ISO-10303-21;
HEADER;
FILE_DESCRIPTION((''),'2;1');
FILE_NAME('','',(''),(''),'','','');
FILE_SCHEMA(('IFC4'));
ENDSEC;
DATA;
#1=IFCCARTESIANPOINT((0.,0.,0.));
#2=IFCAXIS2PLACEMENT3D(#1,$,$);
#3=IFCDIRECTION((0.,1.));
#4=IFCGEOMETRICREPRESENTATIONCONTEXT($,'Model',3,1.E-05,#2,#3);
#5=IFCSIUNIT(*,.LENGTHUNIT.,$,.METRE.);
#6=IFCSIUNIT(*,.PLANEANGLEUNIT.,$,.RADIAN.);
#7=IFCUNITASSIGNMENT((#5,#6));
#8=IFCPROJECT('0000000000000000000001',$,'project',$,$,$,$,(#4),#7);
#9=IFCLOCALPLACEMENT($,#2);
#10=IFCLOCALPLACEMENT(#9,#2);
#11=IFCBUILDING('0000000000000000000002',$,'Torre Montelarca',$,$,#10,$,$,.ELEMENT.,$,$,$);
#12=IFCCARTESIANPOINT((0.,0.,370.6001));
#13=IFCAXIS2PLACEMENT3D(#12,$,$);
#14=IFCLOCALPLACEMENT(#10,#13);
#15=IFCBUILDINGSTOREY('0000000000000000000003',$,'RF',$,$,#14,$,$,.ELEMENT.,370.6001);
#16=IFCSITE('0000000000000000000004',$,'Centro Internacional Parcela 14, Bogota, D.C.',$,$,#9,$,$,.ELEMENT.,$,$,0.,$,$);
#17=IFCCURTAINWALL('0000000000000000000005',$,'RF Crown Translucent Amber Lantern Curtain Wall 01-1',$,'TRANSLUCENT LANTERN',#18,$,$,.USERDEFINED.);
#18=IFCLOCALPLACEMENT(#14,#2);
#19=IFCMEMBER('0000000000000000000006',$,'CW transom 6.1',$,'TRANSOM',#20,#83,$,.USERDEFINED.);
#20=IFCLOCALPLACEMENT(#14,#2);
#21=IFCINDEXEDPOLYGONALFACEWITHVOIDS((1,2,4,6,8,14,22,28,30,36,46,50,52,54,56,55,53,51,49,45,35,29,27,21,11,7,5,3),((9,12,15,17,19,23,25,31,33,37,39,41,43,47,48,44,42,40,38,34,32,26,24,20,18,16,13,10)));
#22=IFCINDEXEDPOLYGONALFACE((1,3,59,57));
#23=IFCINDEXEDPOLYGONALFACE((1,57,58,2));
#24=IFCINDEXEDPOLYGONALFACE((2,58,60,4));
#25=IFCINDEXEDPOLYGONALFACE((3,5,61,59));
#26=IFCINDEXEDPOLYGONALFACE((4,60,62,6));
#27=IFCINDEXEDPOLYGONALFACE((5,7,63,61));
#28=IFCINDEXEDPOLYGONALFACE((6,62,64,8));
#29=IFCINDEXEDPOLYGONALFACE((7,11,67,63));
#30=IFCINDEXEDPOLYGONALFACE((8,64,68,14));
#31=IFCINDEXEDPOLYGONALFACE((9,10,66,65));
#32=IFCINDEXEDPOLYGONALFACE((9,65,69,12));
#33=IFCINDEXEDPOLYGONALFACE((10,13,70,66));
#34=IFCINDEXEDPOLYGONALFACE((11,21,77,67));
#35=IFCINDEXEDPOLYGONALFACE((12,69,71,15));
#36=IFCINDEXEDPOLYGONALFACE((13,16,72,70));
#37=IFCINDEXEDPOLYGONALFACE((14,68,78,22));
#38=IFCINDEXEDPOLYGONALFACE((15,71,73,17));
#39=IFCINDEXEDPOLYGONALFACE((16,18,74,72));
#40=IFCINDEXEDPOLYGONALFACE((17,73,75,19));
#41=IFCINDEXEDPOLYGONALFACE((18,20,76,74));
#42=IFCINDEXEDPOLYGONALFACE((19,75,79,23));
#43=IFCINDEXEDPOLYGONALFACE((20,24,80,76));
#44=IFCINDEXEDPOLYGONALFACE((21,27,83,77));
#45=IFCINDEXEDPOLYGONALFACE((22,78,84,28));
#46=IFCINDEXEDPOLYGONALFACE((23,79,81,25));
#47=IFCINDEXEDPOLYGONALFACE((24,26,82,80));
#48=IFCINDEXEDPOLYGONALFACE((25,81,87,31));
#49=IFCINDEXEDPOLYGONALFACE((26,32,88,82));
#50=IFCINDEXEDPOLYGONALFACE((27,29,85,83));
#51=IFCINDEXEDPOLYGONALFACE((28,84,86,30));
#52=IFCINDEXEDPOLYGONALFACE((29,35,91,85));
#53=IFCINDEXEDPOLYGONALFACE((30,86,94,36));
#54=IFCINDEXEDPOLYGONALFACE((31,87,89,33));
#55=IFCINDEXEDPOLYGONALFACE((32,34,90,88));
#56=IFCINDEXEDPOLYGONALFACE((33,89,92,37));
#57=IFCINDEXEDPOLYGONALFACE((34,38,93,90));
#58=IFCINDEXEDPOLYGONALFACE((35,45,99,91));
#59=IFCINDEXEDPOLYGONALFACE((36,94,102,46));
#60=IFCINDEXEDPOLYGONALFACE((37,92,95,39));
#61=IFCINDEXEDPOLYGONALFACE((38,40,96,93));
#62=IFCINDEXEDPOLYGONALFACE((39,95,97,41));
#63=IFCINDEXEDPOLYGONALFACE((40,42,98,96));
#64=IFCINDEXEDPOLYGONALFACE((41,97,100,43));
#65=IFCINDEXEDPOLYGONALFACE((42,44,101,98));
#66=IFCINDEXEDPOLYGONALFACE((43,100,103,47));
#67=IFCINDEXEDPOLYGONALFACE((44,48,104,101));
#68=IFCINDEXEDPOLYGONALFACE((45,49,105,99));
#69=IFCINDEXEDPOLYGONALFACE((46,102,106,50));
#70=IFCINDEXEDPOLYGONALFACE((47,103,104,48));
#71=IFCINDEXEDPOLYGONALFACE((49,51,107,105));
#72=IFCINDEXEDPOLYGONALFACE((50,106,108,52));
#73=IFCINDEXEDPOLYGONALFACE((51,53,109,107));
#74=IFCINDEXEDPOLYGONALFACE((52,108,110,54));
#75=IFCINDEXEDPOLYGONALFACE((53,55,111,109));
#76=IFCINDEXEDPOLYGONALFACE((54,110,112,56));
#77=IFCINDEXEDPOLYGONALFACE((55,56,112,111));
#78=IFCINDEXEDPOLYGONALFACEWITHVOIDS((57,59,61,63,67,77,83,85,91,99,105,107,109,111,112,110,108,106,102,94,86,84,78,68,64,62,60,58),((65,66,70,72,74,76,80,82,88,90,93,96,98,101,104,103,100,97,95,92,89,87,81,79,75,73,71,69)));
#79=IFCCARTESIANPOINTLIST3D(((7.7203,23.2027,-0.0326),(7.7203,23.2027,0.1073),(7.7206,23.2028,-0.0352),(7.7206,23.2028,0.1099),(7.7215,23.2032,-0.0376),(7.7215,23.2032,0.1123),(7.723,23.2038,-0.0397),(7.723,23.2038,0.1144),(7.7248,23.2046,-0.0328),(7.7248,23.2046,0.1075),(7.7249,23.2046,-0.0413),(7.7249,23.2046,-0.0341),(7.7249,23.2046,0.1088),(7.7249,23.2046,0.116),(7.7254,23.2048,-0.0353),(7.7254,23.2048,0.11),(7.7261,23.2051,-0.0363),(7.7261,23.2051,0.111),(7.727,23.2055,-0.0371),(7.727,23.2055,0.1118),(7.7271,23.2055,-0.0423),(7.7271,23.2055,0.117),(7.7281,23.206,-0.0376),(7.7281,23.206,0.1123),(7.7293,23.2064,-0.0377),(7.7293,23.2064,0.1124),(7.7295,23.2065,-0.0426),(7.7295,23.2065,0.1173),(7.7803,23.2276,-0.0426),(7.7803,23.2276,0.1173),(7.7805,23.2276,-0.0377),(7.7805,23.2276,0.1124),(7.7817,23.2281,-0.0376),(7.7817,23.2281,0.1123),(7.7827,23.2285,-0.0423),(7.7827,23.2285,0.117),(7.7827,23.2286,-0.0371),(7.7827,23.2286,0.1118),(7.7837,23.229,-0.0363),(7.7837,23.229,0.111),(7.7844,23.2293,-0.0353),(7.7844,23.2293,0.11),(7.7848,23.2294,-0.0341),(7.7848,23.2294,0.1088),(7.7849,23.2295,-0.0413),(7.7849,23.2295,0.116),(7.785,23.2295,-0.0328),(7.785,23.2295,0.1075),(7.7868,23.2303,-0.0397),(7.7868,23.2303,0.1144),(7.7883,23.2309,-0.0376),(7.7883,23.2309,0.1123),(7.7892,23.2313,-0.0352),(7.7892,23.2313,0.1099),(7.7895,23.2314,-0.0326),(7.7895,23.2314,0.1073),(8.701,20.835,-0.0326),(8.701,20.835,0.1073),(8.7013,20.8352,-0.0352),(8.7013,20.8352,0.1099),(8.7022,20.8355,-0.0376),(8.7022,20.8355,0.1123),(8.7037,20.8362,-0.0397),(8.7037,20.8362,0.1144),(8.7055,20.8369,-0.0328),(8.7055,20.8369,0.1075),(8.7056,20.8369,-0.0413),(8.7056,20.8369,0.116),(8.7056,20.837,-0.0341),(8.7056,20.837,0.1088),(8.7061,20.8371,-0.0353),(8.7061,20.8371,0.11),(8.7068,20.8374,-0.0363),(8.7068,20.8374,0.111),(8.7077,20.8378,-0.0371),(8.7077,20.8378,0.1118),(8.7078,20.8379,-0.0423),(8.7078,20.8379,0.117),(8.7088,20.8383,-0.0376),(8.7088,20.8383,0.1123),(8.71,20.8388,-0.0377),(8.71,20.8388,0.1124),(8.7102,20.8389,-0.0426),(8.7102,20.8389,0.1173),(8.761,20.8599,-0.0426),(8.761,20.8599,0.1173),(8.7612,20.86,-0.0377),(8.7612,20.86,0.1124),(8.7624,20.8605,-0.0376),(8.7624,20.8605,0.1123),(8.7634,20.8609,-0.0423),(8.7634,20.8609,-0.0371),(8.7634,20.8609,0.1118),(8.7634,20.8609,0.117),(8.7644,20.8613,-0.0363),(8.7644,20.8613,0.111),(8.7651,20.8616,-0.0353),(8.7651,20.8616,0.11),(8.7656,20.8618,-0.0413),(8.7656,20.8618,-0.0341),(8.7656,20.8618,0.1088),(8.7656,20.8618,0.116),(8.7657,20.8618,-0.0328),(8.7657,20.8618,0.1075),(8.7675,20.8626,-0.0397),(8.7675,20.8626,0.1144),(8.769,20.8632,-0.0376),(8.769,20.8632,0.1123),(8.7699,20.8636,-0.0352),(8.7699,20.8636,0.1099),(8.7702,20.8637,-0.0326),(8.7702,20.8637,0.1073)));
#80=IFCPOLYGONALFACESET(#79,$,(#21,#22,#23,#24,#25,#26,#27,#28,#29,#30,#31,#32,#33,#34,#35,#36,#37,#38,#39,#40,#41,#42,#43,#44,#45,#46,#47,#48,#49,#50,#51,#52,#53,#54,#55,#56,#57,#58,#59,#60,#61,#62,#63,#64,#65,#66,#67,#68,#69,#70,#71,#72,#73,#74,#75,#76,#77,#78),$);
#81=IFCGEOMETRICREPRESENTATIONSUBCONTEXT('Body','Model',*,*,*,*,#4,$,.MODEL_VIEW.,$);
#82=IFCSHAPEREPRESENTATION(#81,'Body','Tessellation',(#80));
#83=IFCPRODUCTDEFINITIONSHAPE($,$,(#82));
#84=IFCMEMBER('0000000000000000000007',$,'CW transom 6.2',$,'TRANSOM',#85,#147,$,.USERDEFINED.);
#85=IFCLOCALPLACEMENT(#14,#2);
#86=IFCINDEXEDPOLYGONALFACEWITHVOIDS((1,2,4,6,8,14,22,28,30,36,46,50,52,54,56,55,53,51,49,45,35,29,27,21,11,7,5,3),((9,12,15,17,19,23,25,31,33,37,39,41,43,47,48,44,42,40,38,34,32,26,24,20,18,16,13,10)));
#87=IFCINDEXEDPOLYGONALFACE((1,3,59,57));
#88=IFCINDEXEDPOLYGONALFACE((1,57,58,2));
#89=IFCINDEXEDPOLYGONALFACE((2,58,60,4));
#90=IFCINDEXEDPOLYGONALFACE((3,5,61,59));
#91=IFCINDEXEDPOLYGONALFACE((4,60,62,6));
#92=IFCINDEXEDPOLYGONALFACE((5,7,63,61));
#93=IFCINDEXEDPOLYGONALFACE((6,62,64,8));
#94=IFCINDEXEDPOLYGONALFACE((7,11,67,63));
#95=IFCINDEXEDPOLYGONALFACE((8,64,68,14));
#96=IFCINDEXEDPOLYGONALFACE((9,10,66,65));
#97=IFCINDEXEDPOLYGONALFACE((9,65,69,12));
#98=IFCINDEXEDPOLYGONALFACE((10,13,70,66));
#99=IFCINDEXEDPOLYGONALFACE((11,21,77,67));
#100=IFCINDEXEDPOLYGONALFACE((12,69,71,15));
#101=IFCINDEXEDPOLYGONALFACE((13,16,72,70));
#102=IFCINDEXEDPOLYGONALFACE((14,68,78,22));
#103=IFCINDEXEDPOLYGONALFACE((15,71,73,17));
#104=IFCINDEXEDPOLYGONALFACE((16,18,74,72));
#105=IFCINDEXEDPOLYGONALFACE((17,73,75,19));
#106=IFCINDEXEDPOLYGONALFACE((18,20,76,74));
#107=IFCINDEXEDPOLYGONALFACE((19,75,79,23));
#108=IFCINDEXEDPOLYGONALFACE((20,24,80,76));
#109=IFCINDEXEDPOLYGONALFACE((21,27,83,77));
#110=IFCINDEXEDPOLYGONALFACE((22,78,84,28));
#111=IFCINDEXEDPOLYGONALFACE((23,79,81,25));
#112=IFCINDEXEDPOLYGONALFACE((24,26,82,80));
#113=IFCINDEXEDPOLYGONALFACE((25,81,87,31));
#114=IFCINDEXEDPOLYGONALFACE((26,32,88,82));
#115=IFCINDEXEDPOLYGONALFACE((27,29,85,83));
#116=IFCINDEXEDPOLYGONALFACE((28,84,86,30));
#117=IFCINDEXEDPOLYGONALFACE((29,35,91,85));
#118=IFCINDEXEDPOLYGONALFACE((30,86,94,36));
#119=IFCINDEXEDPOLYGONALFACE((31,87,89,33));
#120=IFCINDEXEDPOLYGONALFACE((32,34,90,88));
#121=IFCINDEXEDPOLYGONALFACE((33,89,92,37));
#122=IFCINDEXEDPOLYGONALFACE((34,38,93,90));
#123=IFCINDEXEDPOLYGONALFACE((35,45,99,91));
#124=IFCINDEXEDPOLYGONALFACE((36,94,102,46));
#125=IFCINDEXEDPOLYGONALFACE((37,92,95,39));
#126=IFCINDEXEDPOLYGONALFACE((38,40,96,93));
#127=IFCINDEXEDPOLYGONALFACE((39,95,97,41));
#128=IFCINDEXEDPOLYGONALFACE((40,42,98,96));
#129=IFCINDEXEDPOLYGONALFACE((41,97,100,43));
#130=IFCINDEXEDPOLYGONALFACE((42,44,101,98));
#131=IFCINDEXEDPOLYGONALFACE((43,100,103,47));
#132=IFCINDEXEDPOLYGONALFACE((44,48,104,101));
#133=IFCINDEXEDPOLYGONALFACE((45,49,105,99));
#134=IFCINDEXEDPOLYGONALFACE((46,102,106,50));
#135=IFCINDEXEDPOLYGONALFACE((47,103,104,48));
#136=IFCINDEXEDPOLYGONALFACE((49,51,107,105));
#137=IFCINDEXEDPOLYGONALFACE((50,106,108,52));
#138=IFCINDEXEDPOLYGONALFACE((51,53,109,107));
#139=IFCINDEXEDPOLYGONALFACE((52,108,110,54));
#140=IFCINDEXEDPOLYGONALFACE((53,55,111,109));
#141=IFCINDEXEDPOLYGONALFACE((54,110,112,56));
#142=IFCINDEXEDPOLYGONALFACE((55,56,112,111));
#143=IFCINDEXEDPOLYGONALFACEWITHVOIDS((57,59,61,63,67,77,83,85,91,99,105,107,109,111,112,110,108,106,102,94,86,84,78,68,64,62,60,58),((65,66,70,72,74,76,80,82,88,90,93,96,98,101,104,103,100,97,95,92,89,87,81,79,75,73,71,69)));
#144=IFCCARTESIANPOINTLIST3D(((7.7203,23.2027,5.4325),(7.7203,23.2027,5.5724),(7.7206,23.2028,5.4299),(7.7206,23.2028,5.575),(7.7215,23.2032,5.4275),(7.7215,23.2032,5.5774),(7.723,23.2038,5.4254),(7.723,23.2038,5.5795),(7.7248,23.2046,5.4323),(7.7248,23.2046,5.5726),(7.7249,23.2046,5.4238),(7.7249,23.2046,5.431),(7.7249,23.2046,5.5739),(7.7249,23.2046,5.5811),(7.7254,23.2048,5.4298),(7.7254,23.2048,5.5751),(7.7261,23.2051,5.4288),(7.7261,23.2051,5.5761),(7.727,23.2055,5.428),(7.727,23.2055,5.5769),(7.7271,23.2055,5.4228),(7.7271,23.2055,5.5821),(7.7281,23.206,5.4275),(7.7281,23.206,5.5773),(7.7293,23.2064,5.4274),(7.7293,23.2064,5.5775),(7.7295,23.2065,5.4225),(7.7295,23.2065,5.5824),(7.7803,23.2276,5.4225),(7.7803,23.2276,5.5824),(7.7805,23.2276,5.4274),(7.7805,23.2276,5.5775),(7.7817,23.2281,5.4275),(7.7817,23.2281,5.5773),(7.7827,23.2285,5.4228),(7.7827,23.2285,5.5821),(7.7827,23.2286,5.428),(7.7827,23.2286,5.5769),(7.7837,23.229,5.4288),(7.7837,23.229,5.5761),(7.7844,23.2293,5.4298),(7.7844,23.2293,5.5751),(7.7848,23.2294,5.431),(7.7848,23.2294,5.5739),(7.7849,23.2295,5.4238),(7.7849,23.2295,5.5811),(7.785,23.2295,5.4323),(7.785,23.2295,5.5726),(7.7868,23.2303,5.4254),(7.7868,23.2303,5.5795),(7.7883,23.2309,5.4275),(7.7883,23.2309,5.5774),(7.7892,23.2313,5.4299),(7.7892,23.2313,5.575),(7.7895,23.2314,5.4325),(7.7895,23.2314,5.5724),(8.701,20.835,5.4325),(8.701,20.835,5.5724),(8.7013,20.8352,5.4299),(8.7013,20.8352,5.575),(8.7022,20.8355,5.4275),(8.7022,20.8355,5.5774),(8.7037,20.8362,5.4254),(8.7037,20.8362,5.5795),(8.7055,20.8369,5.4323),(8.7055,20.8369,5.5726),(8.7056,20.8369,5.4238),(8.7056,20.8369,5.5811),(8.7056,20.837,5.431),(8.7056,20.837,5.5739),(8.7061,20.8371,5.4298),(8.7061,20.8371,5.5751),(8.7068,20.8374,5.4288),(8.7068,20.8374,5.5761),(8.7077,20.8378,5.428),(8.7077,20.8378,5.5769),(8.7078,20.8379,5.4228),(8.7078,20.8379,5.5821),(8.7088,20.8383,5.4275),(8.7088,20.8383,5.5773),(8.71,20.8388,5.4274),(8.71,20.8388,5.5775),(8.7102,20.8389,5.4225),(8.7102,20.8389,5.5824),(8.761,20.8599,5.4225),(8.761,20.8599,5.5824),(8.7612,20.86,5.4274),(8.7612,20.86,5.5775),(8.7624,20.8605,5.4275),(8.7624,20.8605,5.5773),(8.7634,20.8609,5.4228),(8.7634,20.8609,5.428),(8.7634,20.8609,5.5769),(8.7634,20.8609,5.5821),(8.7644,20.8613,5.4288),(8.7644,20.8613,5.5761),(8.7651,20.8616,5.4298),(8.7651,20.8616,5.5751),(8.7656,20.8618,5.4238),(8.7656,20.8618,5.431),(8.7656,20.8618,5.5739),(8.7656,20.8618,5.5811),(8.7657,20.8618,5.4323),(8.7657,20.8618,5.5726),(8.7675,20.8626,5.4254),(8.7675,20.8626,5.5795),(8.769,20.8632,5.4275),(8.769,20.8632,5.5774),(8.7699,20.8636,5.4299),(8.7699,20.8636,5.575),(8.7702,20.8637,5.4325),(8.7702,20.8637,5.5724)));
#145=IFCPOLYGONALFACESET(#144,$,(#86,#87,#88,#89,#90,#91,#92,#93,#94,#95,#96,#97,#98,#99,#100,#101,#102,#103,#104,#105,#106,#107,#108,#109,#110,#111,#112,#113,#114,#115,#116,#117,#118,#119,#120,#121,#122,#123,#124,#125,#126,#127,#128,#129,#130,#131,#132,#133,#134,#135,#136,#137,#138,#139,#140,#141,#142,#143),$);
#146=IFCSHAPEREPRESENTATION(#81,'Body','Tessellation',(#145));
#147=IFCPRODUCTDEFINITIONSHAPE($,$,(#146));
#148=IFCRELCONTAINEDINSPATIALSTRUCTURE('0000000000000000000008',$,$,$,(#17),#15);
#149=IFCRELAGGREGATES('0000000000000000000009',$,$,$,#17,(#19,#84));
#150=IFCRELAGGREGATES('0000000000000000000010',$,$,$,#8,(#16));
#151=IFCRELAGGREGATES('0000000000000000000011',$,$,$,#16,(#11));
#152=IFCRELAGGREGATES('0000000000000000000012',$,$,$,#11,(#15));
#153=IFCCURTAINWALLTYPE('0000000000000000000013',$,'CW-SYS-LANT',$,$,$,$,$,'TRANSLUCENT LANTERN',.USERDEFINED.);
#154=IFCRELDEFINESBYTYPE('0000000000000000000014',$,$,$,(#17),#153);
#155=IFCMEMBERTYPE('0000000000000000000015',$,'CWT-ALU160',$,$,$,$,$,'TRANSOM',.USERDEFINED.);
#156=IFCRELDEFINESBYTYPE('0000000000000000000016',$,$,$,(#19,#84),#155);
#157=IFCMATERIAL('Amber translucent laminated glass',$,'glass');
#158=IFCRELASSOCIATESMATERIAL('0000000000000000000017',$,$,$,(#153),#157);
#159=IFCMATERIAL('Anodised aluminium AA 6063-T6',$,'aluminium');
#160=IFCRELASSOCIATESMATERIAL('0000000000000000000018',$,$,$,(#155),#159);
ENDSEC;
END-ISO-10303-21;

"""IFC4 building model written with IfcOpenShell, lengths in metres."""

from ifc_helpers import new_model, si_unit, direction, frame, origin, origin_2d, place, context, subcontext, project, spatial, hollow_rectangle, extrude, source, transform, mapped, material, material_profile, profile_set, type_object, element, aggregate, save


model = new_model("IFC4")

# Units and contexts
model_context = context("Model", 3, precision=1e-05, world=origin(), true_north=direction((0.0, 1.0)))
body_context = subcontext(model_context, "Body", "Model", "MODEL_VIEW")
ifc_project = project(units=[si_unit("LENGTHUNIT", "METRE"), si_unit("PLANEANGLEUNIT", "RADIAN")], contexts=[model_context])

# Site, building, storey
site_placement = place(None, origin())
site = spatial("IfcSite", under=ifc_project, at=site_placement, Name="Centro Internacional Parcela 14, Bogota, D.C.", CompositionType="ELEMENT", RefElevation=0.0)
building_placement = place(site_placement, origin())
building = spatial("IfcBuilding", under=site, at=building_placement, Name="Torre Montelarca", CompositionType="ELEMENT")
storey_placement = place(building_placement, frame((0.0, 0.0, 370.6001)))
storey = spatial("IfcBuildingStorey", under=building, at=storey_placement, Name="RF", CompositionType="ELEMENT", Elevation=370.6001)

# Curtain wall
ifc_material_1 = material(Name="Amber translucent laminated glass", Category="glass")
curtain_wall_type = type_object("IfcCurtainWallType", Name="CW-SYS-LANT", ElementType="TRANSLUCENT LANTERN", PredefinedType="USERDEFINED", material=ifc_material_1)
curtain_wall_1_placement = place(storey_placement, origin())
curtain_wall_1 = element("IfcCurtainWall", 1, at=curtain_wall_1_placement, inside=storey, type_object=curtain_wall_type, Name="RF Crown Translucent Amber Lantern Curtain Wall 01-1", ObjectType="TRANSLUCENT LANTERN", PredefinedType="USERDEFINED")
ifc_material_2 = material(Name="Anodised aluminium AA 6063-T6", Category="aluminium")

# Members
ifc_material_profile_1 = material_profile(ifc_material_2, hollow_rectangle(XDim=0.075, YDim=0.1599, WallThickness=0.0049, InnerFilletRadius=0.0049, OuterFilletRadius=0.01, at=origin_2d()), Name="ALU75X160X5", Category="aluminium")
ifc_profile_set_1 = profile_set([ifc_material_profile_1], Name="Anodised aluminium AA 6063-T6")
member_type_1 = type_object("IfcMemberType", Name="CWT-ALU160", ElementType="TRANSOM", PredefinedType="USERDEFINED", material=ifc_profile_set_1)
shared_shape_1 = source(origin(), body_context, "Body", "SweptSolid", [
    extrude(hollow_rectangle(XDim=0.075, YDim=0.1599, WallThickness=0.0049, InnerFilletRadius=0.0049, OuterFilletRadius=0.01, at=origin_2d()), origin(), (0.0, 0.0, 1.0), 2.5627),
])
member_1_placement = place(storey_placement, frame((7.7549, 23.217, 0.0374), z_axis=(0.38268, -0.923881, 0.0), x_axis=(0.923881, 0.38268, 0.0)))
member_1 = element("IfcMember", 2, at=member_1_placement, type_object=member_type_1, Name="CW transom 6.1", ObjectType="TRANSOM", PredefinedType="USERDEFINED", context=body_context, shape_type="MappedRepresentation", body=[
    mapped(shared_shape_1, transform((0.0, 0.0, 0.0), scale=1.0)),
])
member_2_placement = place(storey_placement, frame((7.7549, 23.217, 5.5024), z_axis=(0.38268, -0.923881, 0.0), x_axis=(0.923881, 0.38268, 0.0)))
member_2 = element("IfcMember", 3, at=member_2_placement, type_object=member_type_1, Name="CW transom 6.2", ObjectType="TRANSOM", PredefinedType="USERDEFINED", context=body_context, shape_type="MappedRepresentation", body=[
    mapped(shared_shape_1, transform((0.0, 0.0, 0.0), scale=1.0)),
])

aggregate(curtain_wall_1, [member_1, member_2])

save(model, "model.ifc")
